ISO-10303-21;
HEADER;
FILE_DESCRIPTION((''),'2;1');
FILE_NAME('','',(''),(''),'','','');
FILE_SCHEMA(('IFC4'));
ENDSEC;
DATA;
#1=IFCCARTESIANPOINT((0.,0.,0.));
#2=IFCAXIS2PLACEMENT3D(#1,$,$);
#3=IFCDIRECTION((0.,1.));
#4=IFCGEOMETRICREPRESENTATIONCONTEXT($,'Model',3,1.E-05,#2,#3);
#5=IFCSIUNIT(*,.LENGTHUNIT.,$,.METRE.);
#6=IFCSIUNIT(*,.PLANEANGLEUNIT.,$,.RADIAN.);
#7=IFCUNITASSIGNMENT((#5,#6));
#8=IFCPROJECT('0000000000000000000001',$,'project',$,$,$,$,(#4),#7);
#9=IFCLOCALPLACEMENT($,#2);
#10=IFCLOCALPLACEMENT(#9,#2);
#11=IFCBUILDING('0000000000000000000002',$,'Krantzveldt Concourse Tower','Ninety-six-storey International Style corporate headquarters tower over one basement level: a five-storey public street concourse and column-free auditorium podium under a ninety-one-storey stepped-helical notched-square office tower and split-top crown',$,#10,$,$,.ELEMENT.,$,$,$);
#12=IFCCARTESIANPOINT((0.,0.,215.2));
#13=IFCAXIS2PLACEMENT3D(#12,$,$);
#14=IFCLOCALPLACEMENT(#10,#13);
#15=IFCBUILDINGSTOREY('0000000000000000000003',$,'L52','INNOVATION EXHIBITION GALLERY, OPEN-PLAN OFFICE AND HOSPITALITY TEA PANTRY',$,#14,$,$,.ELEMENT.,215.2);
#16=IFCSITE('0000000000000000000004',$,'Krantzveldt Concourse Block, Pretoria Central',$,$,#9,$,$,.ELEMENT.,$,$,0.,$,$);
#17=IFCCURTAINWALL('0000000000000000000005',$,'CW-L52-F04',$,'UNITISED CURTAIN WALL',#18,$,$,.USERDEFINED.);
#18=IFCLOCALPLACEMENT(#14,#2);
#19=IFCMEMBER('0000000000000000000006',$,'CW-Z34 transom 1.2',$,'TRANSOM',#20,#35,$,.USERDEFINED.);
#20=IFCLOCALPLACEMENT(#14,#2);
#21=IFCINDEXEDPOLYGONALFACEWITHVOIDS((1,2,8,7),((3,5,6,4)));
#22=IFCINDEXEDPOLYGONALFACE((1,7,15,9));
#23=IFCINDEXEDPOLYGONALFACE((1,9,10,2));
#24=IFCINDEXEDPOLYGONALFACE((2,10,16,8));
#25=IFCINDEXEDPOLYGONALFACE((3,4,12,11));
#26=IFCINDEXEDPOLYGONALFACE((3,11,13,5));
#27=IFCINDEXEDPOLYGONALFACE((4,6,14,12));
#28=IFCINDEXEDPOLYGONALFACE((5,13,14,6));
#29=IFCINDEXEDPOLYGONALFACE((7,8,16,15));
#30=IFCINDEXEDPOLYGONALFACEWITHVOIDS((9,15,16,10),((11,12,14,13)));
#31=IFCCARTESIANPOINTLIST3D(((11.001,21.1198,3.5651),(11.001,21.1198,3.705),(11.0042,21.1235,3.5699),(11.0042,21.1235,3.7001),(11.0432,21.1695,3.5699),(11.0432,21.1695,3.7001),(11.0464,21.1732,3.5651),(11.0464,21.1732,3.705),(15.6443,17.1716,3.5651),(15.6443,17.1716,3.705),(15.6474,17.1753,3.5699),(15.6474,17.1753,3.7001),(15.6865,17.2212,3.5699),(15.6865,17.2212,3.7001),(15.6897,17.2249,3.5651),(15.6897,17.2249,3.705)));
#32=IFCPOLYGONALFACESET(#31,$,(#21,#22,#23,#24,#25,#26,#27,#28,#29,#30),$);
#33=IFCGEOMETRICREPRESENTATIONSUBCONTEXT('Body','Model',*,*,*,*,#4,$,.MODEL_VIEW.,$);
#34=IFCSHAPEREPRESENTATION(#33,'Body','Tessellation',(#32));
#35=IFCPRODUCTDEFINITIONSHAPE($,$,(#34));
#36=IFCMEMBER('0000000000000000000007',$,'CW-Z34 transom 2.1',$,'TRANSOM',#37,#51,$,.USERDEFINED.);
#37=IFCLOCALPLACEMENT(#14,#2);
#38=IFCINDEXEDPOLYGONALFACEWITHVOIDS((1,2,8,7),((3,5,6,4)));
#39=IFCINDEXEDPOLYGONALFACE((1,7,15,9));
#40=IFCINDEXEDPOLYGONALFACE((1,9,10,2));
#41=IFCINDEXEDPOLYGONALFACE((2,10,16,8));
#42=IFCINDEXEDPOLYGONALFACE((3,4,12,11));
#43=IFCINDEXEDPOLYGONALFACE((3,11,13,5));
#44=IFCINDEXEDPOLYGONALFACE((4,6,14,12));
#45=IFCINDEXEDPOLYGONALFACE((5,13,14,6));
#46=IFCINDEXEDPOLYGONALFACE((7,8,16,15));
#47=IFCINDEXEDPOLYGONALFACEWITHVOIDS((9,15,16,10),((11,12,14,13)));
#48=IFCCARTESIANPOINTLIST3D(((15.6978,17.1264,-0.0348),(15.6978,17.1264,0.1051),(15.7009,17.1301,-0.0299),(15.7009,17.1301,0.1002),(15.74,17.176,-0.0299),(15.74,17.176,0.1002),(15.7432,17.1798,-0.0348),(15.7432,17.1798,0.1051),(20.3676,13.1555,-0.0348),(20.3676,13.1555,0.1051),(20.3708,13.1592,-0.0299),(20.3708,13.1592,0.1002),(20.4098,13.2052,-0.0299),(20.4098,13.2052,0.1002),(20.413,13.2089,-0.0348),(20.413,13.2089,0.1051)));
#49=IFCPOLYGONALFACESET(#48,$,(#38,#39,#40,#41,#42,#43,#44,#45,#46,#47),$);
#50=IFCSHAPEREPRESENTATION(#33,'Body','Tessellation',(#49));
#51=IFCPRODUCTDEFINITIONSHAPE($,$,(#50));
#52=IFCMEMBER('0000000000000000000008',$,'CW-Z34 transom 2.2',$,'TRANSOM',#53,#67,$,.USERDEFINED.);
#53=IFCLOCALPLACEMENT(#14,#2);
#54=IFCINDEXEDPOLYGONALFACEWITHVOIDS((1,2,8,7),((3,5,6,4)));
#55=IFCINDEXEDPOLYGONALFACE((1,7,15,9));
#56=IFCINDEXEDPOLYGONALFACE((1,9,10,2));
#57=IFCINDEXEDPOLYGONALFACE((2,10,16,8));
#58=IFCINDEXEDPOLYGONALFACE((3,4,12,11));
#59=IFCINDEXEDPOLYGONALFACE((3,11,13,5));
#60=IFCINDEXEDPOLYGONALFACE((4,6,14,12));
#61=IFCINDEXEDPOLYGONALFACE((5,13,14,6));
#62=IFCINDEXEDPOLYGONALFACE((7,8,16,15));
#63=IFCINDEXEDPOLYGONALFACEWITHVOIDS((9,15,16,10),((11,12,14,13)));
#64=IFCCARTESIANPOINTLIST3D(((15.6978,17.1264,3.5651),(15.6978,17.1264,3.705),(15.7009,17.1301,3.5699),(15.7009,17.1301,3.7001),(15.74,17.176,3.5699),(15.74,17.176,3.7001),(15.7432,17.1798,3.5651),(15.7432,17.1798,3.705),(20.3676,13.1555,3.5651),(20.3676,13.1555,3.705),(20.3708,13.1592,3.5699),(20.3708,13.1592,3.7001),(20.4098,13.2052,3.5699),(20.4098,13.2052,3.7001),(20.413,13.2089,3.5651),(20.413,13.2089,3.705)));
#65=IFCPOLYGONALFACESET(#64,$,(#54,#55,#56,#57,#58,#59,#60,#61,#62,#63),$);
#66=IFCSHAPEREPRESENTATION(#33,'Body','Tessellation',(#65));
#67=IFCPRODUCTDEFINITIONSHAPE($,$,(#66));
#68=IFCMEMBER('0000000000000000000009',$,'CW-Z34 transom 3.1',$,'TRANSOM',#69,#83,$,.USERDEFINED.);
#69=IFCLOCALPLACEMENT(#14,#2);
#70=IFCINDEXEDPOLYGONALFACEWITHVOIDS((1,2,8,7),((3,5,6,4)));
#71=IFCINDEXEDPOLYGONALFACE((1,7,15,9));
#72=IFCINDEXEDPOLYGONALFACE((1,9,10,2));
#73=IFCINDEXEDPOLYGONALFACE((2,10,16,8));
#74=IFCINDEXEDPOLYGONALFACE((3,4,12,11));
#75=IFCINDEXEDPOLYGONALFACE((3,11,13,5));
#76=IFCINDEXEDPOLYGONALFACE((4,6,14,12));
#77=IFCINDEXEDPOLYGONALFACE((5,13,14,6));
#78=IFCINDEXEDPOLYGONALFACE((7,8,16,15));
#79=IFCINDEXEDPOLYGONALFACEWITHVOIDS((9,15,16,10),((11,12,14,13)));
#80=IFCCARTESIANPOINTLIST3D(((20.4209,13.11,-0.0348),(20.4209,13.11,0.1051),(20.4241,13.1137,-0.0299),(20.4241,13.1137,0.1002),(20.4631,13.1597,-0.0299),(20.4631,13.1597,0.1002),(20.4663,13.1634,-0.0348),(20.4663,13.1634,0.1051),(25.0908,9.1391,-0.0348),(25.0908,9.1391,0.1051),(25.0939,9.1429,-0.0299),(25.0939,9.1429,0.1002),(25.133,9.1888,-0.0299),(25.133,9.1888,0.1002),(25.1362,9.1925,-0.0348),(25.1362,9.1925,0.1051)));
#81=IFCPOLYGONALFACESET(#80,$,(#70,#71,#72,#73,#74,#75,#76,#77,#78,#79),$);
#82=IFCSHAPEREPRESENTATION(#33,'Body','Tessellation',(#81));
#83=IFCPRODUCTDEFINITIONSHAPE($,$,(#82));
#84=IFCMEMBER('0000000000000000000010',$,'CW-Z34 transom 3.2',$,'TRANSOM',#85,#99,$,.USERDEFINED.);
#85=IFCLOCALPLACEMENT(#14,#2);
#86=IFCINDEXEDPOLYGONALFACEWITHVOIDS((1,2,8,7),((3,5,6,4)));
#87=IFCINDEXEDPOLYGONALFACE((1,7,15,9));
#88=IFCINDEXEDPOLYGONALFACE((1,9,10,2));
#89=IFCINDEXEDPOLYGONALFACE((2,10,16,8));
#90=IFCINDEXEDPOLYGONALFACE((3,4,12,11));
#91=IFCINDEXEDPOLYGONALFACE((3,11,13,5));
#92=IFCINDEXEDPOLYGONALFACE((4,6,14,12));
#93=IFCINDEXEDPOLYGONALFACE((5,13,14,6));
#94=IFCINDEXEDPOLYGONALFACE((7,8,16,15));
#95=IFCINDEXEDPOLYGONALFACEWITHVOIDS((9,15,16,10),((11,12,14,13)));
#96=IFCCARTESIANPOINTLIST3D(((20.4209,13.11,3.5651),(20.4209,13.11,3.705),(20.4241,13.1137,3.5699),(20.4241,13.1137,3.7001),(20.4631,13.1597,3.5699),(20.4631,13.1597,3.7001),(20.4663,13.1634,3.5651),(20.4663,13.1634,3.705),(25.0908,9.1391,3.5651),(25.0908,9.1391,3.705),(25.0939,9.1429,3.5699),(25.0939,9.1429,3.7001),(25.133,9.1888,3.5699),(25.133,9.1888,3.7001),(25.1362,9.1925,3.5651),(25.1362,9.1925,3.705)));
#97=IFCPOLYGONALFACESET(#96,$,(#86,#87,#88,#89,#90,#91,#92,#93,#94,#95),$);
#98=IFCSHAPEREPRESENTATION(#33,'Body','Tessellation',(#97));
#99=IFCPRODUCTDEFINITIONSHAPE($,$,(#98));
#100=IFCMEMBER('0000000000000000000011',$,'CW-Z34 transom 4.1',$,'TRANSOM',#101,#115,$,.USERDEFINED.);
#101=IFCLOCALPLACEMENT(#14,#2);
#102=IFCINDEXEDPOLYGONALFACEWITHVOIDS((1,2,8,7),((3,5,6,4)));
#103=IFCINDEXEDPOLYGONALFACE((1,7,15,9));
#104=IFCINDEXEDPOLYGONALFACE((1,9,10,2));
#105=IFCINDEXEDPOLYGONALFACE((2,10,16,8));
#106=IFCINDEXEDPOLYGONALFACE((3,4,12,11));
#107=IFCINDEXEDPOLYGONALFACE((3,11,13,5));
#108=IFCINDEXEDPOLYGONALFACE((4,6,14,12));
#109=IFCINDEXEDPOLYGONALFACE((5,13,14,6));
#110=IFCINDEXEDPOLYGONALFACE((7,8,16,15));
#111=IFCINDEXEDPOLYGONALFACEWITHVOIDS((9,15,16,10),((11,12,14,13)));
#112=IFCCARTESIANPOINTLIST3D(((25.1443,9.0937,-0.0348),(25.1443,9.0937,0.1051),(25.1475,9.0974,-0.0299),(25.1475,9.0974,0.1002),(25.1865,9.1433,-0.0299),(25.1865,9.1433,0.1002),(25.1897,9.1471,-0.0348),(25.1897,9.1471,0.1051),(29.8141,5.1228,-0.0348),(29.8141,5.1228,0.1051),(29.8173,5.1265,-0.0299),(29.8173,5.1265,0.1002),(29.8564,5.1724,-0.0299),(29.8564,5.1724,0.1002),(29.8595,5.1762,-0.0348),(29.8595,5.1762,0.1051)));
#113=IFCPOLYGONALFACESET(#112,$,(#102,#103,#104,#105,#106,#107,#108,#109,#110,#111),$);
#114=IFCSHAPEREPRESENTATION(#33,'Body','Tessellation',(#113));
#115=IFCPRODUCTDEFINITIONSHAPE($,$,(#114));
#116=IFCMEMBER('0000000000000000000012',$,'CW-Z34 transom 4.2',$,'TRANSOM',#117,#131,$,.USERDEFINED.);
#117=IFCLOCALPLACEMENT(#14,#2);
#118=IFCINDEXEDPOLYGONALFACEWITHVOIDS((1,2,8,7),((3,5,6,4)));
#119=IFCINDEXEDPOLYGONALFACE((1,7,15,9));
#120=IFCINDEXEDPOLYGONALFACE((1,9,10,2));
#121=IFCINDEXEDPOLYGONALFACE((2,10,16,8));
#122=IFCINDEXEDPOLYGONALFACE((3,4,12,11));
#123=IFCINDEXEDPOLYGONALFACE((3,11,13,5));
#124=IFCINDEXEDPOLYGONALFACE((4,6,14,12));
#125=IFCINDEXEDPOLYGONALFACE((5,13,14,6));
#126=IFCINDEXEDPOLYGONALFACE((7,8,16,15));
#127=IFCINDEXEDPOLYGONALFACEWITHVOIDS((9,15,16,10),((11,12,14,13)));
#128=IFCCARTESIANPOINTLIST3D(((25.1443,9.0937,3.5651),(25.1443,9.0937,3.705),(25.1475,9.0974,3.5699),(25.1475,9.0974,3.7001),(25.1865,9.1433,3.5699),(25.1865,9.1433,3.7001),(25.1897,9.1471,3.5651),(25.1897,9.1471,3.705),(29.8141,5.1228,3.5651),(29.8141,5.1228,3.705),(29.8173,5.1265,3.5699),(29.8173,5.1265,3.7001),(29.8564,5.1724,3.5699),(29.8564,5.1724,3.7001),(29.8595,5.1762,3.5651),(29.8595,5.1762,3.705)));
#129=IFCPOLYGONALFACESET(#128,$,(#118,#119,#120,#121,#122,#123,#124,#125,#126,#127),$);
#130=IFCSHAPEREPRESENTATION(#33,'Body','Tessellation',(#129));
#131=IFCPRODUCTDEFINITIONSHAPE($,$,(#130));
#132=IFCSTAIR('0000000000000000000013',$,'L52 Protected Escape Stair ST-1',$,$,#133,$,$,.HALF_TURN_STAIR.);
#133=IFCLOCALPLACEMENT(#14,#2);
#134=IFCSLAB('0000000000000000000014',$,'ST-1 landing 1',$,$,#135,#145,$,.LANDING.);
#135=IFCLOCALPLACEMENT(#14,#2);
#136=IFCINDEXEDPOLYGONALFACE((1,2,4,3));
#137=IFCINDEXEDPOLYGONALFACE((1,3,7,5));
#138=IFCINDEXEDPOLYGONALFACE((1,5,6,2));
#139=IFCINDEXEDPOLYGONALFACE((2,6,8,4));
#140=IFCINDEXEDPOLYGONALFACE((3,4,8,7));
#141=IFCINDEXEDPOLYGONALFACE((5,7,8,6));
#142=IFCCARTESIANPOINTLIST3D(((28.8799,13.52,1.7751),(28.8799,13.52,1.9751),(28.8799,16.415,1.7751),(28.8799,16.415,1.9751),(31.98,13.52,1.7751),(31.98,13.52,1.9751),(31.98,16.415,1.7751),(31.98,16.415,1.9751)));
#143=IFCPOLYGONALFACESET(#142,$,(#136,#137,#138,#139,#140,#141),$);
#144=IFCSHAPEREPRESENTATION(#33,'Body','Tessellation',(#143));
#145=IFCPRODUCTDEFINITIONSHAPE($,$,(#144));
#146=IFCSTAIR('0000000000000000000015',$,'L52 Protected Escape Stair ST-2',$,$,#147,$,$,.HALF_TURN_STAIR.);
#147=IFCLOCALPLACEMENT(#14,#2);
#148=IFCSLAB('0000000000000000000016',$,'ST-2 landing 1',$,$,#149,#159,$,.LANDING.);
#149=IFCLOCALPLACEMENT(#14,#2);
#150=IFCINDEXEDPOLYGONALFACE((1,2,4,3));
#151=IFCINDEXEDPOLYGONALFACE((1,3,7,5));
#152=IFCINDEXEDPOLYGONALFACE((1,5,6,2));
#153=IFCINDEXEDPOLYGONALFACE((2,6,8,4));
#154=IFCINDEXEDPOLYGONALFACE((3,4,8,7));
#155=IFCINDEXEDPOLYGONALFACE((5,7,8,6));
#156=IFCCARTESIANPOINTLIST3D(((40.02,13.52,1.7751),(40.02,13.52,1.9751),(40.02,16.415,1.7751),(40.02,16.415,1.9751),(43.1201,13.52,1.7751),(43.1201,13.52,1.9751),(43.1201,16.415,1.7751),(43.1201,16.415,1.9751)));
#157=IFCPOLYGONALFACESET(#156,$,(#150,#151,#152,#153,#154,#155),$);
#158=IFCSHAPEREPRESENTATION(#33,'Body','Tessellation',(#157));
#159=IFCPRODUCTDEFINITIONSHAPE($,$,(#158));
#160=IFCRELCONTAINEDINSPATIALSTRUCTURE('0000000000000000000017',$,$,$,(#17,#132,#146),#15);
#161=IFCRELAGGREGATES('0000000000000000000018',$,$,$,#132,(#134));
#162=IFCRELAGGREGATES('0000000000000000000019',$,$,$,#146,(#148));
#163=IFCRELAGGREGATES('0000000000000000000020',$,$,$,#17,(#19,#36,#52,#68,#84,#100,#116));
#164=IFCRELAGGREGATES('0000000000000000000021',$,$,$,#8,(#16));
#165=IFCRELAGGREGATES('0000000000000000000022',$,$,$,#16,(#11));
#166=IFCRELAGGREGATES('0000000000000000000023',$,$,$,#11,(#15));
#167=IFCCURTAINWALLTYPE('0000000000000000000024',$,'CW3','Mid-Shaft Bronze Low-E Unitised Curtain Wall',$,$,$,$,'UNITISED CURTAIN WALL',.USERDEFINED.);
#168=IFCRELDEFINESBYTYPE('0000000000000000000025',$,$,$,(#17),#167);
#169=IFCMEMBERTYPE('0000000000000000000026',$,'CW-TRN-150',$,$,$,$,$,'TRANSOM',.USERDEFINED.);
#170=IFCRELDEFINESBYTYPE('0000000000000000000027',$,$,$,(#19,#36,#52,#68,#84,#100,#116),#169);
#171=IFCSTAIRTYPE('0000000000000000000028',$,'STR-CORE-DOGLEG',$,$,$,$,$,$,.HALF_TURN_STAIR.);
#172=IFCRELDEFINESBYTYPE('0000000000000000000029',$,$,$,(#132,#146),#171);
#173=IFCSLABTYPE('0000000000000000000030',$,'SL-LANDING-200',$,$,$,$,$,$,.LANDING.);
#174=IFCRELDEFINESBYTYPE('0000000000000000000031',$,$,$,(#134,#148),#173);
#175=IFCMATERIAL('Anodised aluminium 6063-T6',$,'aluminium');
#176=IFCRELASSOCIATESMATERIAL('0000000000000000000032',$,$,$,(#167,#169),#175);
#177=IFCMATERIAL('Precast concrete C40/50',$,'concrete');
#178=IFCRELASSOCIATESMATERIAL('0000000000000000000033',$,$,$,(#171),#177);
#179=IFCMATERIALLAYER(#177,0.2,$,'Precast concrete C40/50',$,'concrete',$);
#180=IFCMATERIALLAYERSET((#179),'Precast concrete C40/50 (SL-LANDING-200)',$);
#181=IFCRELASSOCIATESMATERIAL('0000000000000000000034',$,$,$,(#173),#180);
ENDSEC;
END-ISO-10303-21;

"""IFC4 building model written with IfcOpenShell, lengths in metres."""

from ifc_helpers import new_model, si_unit, direction, frame, origin, origin_2d, place, context, subcontext, project, spatial, polyline, hollow_rectangle, outline, extrude, source, transform, mapped, material, layer, layer_set, material_profile, profile_set, type_object, type_shapes, element, aggregate, save


model = new_model("IFC4")

# Units and contexts
model_context = context("Model", 3, precision=1e-05, world=origin(), true_north=direction((0.0, 1.0)))
body_context = subcontext(model_context, "Body", "Model", "MODEL_VIEW")
ifc_project = project(units=[si_unit("LENGTHUNIT", "METRE"), si_unit("PLANEANGLEUNIT", "RADIAN")], contexts=[model_context])

# Site, building, storey
site_placement = place(None, origin())
site = spatial("IfcSite", under=ifc_project, at=site_placement, Name="Krantzveldt Concourse Block, Pretoria Central", CompositionType="ELEMENT", RefElevation=0.0)
building_placement = place(site_placement, origin())
building = spatial("IfcBuilding", under=site, at=building_placement, Name="Krantzveldt Concourse Tower", Description="Ninety-six-storey International Style corporate headquarters tower over one basement level: a five-storey public street concourse and column-free auditorium podium under a ninety-one-storey stepped-helical notched-square office tower and split-top crown", CompositionType="ELEMENT")
storey_placement = place(building_placement, frame((0.0, 0.0, 215.2)))
storey = spatial("IfcBuildingStorey", under=building, at=storey_placement, Name="L52", Description="INNOVATION EXHIBITION GALLERY, OPEN-PLAN OFFICE AND HOSPITALITY TEA PANTRY", CompositionType="ELEMENT", Elevation=215.2)

# Curtain wall, members
ifc_material_1 = material(Name="Anodised aluminium 6063-T6", Category="aluminium")
curtain_wall_type = type_object("IfcCurtainWallType", Name="CW3", Description="Mid-Shaft Bronze Low-E Unitised Curtain Wall", ElementType="UNITISED CURTAIN WALL", PredefinedType="USERDEFINED", material=ifc_material_1)
curtain_wall_placement = place(storey_placement, origin())
curtain_wall = element("IfcCurtainWall", 1, at=curtain_wall_placement, inside=storey, type_object=curtain_wall_type, Name="CW-L52-F04", ObjectType="UNITISED CURTAIN WALL", PredefinedType="USERDEFINED")
ifc_material_profile_1 = material_profile(ifc_material_1, hollow_rectangle(XDim=0.0701, YDim=0.1399, WallThickness=0.0049, at=origin_2d()), Name="Anodised aluminium 6063-T6", Category="aluminium")
ifc_profile_set_1 = profile_set([ifc_material_profile_1], Name="Anodised aluminium 6063-T6 - ALU-TRAN 140x70x5")
member_type_1 = type_object("IfcMemberType", Name="CW-TRN-150", ElementType="TRANSOM", PredefinedType="USERDEFINED", material=ifc_profile_set_1)
shared_shape_1 = source(origin(), body_context, "Body", "SweptSolid", [
    extrude(hollow_rectangle(XDim=0.0701, YDim=0.1399, WallThickness=0.0049, at=origin_2d()), origin(), (0.0, 0.0, 1.0), 6.095),
])
member_1_placement = place(storey_placement, frame((11.0237, 21.1465, 3.635), z_axis=(0.761824, -0.647784, 0.0), x_axis=(0.647784, 0.761824, 0.0)))
member_1 = element("IfcMember", 2, at=member_1_placement, type_object=member_type_1, Name="CW-Z34 transom 1.2", ObjectType="TRANSOM", PredefinedType="USERDEFINED", context=body_context, shape_type="MappedRepresentation", body=[
    mapped(shared_shape_1, transform((0.0, 0.0, 0.0), x_axis=(1.0, 0.0, 0.0), y_axis=(0.0, 1.0, 0.0), z_axis=(0.0, 0.0, 1.0), scale=1.0)),
])
shared_shape_2 = source(origin(), body_context, "Body", "SweptSolid", [
    extrude(hollow_rectangle(XDim=0.0701, YDim=0.1399, WallThickness=0.0049, at=origin_2d()), origin(), (0.0, 0.0, 1.0), 6.1299),
])
type_shapes(member_type_1, [shared_shape_1, shared_shape_2])
member_2_placement = place(storey_placement, frame((15.7205, 17.1531, 0.0352), z_axis=(0.761817, -0.647792, 0.0), x_axis=(0.647792, 0.761817, 0.0)))
member_2 = element("IfcMember", 3, at=member_2_placement, type_object=member_type_1, Name="CW-Z34 transom 2.1", ObjectType="TRANSOM", PredefinedType="USERDEFINED", context=body_context, shape_type="MappedRepresentation", body=[
    mapped(shared_shape_2, transform((0.0, 0.0, 0.0), x_axis=(1.0, 0.0, 0.0), y_axis=(0.0, 1.0, 0.0), z_axis=(0.0, 0.0, 1.0), scale=1.0)),
])
member_3_placement = place(storey_placement, frame((15.7205, 17.1531, 3.635), z_axis=(0.761817, -0.647792, 0.0), x_axis=(0.647792, 0.761817, 0.0)))
member_3 = element("IfcMember", 4, at=member_3_placement, type_object=member_type_1, Name="CW-Z34 transom 2.2", ObjectType="TRANSOM", PredefinedType="USERDEFINED", context=body_context, shape_type="MappedRepresentation", body=[
    mapped(shared_shape_2, transform((0.0, 0.0, 0.0), x_axis=(1.0, 0.0, 0.0), y_axis=(0.0, 1.0, 0.0), z_axis=(0.0, 0.0, 1.0), scale=1.0)),
])
member_4_placement = place(storey_placement, frame((20.4436, 13.1367, 0.0352), z_axis=(0.761817, -0.647792, 0.0), x_axis=(0.647792, 0.761817, 0.0)))
member_4 = element("IfcMember", 5, at=member_4_placement, type_object=member_type_1, Name="CW-Z34 transom 3.1", ObjectType="TRANSOM", PredefinedType="USERDEFINED", context=body_context, shape_type="MappedRepresentation", body=[
    mapped(shared_shape_2, transform((0.0, 0.0, 0.0), x_axis=(1.0, 0.0, 0.0), y_axis=(0.0, 1.0, 0.0), z_axis=(0.0, 0.0, 1.0), scale=1.0)),
])
member_5_placement = place(storey_placement, frame((20.4436, 13.1367, 3.635), z_axis=(0.761817, -0.647792, 0.0), x_axis=(0.647792, 0.761817, 0.0)))
member_5 = element("IfcMember", 6, at=member_5_placement, type_object=member_type_1, Name="CW-Z34 transom 3.2", ObjectType="TRANSOM", PredefinedType="USERDEFINED", context=body_context, shape_type="MappedRepresentation", body=[
    mapped(shared_shape_2, transform((0.0, 0.0, 0.0), x_axis=(1.0, 0.0, 0.0), y_axis=(0.0, 1.0, 0.0), z_axis=(0.0, 0.0, 1.0), scale=1.0)),
])
member_6_placement = place(storey_placement, frame((25.167, 9.1204, 0.0352), z_axis=(0.761817, -0.647792, 0.0), x_axis=(0.647792, 0.761817, 0.0)))
member_6 = element("IfcMember", 7, at=member_6_placement, type_object=member_type_1, Name="CW-Z34 transom 4.1", ObjectType="TRANSOM", PredefinedType="USERDEFINED", context=body_context, shape_type="MappedRepresentation", body=[
    mapped(shared_shape_2, transform((0.0, 0.0, 0.0), x_axis=(1.0, 0.0, 0.0), y_axis=(0.0, 1.0, 0.0), z_axis=(0.0, 0.0, 1.0), scale=1.0)),
])
member_7_placement = place(storey_placement, frame((25.167, 9.1204, 3.635), z_axis=(0.761817, -0.647792, 0.0), x_axis=(0.647792, 0.761817, 0.0)))
member_7 = element("IfcMember", 8, at=member_7_placement, type_object=member_type_1, Name="CW-Z34 transom 4.2", ObjectType="TRANSOM", PredefinedType="USERDEFINED", context=body_context, shape_type="MappedRepresentation", body=[
    mapped(shared_shape_2, transform((0.0, 0.0, 0.0), x_axis=(1.0, 0.0, 0.0), y_axis=(0.0, 1.0, 0.0), z_axis=(0.0, 0.0, 1.0), scale=1.0)),
])

# Stairs, slabs
ifc_material_2 = material(Name="Precast concrete C40/50", Category="concrete")
stair_type = type_object("IfcStairType", Name="STR-CORE-DOGLEG", PredefinedType="HALF_TURN_STAIR", material=ifc_material_2)
stair_1_placement = place(storey_placement, origin())
stair_1 = element("IfcStair", 9, at=stair_1_placement, inside=storey, type_object=stair_type, Name="L52 Protected Escape Stair ST-1", PredefinedType="HALF_TURN_STAIR")
ifc_layer_1 = layer(ifc_material_2, 0.2, Name="Precast concrete C40/50", Category="concrete")
ifc_layer_set_1 = layer_set([ifc_layer_1], Name="Precast concrete C40/50 (SL-LANDING-200)")
slab_type_1 = type_object("IfcSlabType", Name="SL-LANDING-200", PredefinedType="LANDING", material=ifc_layer_set_1)
slab_1_placement = place(storey_placement, frame((0.0, 0.0, 1.7751)))
slab_1 = element("IfcSlab", 10, at=slab_1_placement, type_object=slab_type_1, Name="ST-1 landing 1", PredefinedType="LANDING", context=body_context, shape_type="SweptSolid", body=[
    extrude(outline(polyline([(28.8799, 16.415), (28.8799, 13.52), (31.98, 13.52), (31.98, 16.415), (28.8799, 16.415)])), origin(), (0.0, 0.0, 1.0), 0.2),
])
aggregate(stair_1, [slab_1])
stair_2_placement = place(storey_placement, origin())
stair_2 = element("IfcStair", 11, at=stair_2_placement, inside=storey, type_object=stair_type, Name="L52 Protected Escape Stair ST-2", PredefinedType="HALF_TURN_STAIR")
slab_2_placement = place(storey_placement, frame((0.0, 0.0, 1.7751)))
slab_2 = element("IfcSlab", 12, at=slab_2_placement, type_object=slab_type_1, Name="ST-2 landing 1", PredefinedType="LANDING", context=body_context, shape_type="SweptSolid", body=[
    extrude(outline(polyline([(40.02, 16.415), (40.02, 13.52), (43.1201, 13.52), (43.1201, 16.415), (40.02, 16.415)])), origin(), (0.0, 0.0, 1.0), 0.2),
])
aggregate(stair_2, [slab_2])

aggregate(curtain_wall, [member_1, member_2, member_3, member_4, member_5, member_6, member_7])

save(model, "model.ifc")
